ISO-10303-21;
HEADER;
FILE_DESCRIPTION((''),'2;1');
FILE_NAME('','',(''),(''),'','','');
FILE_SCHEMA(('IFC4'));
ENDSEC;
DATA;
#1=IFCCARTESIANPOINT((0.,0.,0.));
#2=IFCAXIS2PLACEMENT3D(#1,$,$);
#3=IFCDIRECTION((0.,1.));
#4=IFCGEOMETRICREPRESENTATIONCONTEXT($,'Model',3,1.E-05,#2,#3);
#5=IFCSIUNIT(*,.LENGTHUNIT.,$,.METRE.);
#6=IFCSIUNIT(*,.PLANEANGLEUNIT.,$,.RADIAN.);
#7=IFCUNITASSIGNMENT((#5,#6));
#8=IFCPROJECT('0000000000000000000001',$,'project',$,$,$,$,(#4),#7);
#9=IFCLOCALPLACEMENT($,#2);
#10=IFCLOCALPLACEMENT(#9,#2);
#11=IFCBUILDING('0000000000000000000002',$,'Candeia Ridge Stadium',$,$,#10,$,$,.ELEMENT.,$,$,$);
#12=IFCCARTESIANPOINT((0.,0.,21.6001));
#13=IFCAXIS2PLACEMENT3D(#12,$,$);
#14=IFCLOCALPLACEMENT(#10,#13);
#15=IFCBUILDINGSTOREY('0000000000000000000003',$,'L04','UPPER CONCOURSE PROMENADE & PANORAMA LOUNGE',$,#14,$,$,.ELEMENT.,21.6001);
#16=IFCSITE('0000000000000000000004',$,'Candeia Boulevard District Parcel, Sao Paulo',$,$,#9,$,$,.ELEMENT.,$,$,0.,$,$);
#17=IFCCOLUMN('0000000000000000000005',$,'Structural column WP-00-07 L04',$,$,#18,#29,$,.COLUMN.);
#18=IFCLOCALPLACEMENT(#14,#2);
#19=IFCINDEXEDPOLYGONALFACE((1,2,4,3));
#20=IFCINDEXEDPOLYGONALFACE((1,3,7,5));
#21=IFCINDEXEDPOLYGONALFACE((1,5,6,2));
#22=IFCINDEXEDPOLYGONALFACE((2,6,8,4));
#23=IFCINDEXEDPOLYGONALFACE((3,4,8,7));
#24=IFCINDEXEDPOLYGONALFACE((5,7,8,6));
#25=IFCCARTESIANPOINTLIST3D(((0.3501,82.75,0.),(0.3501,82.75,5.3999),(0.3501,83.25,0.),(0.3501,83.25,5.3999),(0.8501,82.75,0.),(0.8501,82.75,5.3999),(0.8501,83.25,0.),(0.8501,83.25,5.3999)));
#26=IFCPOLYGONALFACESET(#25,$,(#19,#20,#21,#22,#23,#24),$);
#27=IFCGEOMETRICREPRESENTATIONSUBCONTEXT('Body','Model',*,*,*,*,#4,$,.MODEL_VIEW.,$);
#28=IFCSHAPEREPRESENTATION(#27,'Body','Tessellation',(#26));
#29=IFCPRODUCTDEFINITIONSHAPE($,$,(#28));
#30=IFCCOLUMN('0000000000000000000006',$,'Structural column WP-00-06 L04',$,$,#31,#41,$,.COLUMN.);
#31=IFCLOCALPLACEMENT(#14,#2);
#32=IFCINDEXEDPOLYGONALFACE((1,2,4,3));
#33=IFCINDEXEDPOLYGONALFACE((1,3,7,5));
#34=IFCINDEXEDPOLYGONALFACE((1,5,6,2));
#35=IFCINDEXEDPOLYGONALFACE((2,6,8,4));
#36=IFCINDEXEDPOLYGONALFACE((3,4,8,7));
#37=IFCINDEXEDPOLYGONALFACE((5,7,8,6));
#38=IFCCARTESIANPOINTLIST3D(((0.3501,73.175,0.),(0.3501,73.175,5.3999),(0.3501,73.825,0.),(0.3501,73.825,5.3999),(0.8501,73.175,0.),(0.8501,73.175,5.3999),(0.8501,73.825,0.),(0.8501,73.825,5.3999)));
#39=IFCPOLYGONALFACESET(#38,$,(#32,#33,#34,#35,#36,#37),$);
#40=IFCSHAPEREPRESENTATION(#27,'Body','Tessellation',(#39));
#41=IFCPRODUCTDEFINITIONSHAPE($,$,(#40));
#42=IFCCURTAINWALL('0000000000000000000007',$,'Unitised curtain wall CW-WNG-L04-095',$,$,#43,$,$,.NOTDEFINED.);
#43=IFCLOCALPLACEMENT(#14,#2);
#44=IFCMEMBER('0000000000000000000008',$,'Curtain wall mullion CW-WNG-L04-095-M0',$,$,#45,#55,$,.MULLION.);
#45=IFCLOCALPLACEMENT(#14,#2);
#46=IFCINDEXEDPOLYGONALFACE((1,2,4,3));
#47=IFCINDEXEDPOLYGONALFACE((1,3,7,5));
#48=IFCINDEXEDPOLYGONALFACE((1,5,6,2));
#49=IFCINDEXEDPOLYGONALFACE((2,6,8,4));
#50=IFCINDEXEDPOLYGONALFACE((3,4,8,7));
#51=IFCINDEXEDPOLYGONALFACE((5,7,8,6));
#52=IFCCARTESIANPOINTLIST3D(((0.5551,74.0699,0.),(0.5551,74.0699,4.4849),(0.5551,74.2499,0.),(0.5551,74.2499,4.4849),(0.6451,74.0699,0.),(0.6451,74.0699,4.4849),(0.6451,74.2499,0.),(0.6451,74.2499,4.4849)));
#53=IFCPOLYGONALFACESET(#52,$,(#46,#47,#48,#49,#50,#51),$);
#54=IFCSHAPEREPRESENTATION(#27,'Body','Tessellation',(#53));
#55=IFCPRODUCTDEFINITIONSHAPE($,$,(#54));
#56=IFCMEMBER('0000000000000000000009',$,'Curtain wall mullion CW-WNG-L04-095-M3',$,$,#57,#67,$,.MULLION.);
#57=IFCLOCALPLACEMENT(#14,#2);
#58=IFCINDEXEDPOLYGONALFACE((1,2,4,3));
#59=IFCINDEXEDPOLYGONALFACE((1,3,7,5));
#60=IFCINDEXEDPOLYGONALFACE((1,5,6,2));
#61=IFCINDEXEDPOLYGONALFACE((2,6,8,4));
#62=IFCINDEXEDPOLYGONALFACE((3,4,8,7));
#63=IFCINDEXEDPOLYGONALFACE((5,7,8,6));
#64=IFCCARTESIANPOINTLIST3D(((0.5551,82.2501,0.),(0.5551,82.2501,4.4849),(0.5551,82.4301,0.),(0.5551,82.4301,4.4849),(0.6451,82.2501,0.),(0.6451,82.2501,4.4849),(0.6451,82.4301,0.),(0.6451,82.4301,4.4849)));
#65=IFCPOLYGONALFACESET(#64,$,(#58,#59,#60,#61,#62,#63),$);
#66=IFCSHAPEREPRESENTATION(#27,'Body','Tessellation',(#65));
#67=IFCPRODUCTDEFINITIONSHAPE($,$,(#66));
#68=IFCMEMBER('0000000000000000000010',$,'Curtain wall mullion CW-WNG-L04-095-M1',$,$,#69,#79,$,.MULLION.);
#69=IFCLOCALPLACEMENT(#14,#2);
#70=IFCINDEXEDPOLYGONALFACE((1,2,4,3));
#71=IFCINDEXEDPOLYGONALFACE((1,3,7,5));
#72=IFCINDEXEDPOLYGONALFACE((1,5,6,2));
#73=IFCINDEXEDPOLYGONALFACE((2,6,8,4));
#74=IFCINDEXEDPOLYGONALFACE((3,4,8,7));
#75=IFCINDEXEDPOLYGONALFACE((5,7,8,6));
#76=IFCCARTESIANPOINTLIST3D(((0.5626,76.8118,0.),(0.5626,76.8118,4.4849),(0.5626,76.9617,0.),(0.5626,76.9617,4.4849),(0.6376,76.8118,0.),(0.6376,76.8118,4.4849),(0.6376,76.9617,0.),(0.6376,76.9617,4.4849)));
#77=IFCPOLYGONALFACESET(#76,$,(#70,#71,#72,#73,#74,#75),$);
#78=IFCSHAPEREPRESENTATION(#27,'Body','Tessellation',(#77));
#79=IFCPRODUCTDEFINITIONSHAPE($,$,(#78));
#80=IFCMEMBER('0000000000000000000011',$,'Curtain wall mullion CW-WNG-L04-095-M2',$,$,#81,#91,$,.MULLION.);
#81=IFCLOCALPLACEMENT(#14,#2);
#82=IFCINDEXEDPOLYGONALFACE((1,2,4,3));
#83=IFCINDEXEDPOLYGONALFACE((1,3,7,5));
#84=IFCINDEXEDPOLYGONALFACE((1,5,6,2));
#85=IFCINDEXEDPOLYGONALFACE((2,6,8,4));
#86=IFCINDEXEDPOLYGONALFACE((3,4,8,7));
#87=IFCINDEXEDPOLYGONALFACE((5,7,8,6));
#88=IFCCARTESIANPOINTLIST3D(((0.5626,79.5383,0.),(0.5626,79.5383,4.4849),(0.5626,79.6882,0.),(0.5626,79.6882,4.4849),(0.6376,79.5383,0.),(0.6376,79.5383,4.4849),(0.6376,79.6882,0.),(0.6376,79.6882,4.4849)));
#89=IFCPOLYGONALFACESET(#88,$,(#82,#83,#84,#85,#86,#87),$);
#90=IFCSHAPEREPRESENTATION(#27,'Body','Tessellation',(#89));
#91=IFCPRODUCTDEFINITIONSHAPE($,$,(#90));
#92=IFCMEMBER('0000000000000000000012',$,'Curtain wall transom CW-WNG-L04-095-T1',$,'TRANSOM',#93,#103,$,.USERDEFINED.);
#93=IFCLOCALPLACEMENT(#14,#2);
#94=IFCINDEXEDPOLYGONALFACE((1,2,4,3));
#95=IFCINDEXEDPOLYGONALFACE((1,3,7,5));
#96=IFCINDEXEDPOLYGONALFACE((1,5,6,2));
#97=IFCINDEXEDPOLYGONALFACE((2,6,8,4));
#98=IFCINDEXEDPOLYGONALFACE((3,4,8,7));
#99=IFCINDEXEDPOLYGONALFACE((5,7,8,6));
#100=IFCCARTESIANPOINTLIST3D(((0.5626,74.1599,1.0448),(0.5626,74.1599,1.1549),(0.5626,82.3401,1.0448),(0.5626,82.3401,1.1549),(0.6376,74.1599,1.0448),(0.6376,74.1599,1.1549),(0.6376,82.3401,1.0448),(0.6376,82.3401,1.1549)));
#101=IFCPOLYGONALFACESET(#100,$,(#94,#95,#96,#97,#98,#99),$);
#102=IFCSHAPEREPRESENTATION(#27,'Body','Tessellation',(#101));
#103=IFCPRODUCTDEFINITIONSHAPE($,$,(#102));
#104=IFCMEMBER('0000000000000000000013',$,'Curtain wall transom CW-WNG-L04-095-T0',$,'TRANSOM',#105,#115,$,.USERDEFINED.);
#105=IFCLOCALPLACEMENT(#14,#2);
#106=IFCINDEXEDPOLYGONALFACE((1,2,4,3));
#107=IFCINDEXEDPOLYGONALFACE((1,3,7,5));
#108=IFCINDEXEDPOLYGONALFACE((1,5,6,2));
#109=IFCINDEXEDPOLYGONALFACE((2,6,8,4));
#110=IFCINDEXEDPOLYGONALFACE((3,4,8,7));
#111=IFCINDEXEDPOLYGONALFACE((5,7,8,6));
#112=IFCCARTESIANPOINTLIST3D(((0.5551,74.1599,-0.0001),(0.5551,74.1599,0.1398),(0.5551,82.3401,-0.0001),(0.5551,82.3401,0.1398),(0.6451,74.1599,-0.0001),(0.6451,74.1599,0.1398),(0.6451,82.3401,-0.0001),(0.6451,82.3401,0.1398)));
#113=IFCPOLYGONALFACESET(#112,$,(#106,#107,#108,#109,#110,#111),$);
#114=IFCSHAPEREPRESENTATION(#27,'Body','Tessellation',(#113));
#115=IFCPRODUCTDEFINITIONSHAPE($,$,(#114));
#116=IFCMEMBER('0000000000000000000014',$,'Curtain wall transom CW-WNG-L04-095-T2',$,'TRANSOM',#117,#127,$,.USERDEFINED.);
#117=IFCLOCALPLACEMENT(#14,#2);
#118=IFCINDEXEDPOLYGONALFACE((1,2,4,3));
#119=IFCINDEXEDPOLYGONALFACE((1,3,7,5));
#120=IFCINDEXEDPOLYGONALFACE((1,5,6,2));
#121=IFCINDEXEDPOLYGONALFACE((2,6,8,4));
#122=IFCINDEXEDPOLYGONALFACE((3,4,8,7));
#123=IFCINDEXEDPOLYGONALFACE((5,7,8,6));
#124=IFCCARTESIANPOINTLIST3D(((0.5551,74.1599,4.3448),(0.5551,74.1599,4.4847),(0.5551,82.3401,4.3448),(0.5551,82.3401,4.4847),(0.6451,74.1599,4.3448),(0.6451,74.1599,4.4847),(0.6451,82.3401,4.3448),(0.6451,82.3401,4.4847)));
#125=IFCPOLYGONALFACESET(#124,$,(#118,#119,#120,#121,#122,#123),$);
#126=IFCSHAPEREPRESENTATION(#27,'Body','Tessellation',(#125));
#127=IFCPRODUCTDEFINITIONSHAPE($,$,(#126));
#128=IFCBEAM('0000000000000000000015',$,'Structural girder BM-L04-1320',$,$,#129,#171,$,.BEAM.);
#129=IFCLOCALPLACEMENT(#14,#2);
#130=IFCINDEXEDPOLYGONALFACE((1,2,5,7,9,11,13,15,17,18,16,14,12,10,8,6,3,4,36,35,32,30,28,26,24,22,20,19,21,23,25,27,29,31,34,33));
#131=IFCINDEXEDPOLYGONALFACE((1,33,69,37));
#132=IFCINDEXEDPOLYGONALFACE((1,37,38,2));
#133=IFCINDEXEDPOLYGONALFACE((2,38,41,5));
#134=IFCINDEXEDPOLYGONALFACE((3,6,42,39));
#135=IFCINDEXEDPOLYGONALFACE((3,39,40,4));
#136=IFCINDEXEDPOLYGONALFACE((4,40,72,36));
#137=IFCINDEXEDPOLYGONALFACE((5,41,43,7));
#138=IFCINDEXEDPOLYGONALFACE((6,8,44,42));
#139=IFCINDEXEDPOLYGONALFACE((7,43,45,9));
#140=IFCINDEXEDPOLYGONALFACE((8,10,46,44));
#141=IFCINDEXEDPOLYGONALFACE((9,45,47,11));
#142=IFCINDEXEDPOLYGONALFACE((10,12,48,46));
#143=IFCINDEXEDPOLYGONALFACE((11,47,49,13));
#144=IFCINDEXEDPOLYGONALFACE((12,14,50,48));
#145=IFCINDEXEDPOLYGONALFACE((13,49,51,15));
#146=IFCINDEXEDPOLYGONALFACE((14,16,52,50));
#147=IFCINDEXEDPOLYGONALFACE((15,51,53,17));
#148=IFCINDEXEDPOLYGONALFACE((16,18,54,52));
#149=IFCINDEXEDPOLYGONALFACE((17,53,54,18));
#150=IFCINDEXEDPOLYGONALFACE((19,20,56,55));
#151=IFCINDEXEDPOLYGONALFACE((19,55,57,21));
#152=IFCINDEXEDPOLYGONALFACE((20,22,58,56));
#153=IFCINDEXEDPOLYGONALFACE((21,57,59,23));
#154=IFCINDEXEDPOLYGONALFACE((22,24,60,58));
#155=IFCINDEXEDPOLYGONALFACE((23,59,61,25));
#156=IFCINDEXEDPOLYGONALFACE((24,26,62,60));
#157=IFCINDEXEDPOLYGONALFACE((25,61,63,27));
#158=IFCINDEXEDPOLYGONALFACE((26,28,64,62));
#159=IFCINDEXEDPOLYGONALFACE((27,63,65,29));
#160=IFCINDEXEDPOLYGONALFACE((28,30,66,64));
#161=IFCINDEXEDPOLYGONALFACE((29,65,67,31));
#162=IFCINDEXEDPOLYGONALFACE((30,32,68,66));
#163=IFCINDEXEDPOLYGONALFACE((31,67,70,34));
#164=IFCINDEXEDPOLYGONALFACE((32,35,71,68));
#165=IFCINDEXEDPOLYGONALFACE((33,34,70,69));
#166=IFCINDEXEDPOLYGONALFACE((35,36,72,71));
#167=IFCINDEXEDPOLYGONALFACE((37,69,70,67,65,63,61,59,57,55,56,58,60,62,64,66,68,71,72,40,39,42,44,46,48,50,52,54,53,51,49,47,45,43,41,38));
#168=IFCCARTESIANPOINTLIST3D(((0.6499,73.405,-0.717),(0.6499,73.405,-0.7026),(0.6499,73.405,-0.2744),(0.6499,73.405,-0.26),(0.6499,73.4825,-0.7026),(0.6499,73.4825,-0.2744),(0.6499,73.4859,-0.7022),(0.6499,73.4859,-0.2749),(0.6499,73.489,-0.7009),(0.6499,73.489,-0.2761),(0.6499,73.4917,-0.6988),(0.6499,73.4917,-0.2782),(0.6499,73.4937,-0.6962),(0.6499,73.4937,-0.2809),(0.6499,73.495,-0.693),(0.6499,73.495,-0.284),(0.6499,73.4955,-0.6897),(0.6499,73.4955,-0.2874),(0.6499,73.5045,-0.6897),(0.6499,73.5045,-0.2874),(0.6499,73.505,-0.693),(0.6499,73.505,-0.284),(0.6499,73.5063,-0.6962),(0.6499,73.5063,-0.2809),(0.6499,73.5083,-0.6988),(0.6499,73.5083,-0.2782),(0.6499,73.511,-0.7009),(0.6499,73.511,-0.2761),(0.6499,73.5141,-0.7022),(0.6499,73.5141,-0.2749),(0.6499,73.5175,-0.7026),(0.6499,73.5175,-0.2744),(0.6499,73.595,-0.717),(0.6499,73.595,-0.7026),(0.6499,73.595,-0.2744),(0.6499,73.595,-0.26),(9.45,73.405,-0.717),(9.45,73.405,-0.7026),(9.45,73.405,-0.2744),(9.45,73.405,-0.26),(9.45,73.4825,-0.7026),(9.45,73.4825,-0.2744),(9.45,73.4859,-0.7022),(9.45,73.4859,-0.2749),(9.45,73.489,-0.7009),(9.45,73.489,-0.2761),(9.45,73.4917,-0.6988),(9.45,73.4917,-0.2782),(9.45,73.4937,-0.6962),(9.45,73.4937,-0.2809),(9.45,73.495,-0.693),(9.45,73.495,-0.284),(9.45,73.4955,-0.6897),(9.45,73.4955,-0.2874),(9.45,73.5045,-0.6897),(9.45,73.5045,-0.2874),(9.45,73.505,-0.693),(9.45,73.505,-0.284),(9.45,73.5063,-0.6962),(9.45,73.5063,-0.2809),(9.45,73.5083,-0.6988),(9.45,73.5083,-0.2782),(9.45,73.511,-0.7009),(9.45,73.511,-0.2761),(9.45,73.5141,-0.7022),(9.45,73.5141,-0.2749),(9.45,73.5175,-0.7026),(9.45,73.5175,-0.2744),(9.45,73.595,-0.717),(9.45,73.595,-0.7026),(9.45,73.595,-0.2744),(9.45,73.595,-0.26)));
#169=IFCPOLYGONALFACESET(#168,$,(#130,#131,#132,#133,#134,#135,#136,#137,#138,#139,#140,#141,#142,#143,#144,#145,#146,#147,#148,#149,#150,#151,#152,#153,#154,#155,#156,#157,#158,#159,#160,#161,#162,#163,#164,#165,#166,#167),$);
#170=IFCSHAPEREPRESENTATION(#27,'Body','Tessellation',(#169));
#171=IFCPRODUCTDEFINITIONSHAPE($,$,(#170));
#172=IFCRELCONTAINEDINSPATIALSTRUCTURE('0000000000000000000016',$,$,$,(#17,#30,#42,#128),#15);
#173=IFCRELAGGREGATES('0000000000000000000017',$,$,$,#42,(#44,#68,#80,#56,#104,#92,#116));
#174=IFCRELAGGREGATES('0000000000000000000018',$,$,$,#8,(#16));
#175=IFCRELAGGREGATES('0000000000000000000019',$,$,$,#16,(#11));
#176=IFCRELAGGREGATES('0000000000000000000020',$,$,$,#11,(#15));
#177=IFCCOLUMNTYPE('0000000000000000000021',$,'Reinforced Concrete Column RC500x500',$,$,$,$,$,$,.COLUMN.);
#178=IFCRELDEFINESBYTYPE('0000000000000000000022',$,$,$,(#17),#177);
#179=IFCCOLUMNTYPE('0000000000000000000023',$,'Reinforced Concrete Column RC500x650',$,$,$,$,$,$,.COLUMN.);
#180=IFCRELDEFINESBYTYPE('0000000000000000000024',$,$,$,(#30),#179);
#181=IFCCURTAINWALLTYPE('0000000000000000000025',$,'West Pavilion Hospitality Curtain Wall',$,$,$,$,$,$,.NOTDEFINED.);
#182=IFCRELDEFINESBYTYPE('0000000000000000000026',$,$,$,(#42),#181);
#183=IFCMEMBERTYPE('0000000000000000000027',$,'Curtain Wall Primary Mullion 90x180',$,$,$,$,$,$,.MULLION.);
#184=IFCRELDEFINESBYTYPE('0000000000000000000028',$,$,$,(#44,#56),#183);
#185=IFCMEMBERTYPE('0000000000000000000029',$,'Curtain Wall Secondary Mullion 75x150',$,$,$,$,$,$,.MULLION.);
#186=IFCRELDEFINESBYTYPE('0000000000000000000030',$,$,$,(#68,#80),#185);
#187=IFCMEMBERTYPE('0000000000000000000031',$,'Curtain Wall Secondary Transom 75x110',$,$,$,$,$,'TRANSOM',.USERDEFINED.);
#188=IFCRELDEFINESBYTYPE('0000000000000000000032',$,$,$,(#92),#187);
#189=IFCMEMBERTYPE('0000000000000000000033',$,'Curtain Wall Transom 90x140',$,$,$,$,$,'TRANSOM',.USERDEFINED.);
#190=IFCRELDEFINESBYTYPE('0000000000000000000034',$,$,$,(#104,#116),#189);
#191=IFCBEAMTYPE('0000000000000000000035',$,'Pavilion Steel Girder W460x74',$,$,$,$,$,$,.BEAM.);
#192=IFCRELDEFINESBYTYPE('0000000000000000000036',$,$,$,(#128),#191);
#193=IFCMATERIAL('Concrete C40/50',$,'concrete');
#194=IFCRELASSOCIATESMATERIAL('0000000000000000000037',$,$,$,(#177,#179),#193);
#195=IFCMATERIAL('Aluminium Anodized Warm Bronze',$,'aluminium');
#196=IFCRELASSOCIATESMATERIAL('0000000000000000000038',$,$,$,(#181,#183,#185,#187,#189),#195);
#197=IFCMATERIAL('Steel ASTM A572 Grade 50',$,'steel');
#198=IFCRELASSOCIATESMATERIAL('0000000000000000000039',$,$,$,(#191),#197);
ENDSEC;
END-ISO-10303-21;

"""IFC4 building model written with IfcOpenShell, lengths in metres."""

from ifc_helpers import new_model, si_unit, direction, frame, origin, origin_2d, place, context, subcontext, project, spatial, rectangle, i_section, extrude, material, material_profile, profile_set, type_object, element, aggregate, save


model = new_model("IFC4")

# Units and contexts
model_context = context("Model", 3, precision=1e-05, world=origin(), true_north=direction((0.0, 1.0)))
body_context = subcontext(model_context, "Body", "Model", "MODEL_VIEW")
ifc_project = project(units=[si_unit("LENGTHUNIT", "METRE"), si_unit("PLANEANGLEUNIT", "RADIAN")], contexts=[model_context])

# Site, building, storey
site_placement = place(None, origin())
site = spatial("IfcSite", under=ifc_project, at=site_placement, Name="Candeia Boulevard District Parcel, Sao Paulo", CompositionType="ELEMENT", RefElevation=0.0)
building_placement = place(site_placement, origin())
building = spatial("IfcBuilding", under=site, at=building_placement, Name="Candeia Ridge Stadium", CompositionType="ELEMENT")
storey_placement = place(building_placement, frame((0.0, 0.0, 21.6001)))
storey = spatial("IfcBuildingStorey", under=building, at=storey_placement, Name="L04", Description="UPPER CONCOURSE PROMENADE & PANORAMA LOUNGE", CompositionType="ELEMENT", Elevation=21.6001)

# Columns
ifc_material_1 = material(Name="Concrete C40/50", Category="concrete")
ifc_material_profile_1 = material_profile(ifc_material_1, rectangle(XDim=0.5, YDim=0.5, at=origin_2d()), Name="RC500x500", Category="concrete")
ifc_profile_set_1 = profile_set([ifc_material_profile_1], Name="Concrete C40/50")
column_type_1 = type_object("IfcColumnType", Name="Reinforced Concrete Column RC500x500", PredefinedType="COLUMN", material=ifc_profile_set_1)
column_1_placement = place(storey_placement, frame((0.6001, 83.0, 0.0), z_axis=(0.0, 0.0, 1.0), x_axis=(1.0, 0.0, 0.0)))
element("IfcColumn", 1, at=column_1_placement, inside=storey, type_object=column_type_1, Name="Structural column WP-00-07 L04", PredefinedType="COLUMN", context=body_context, shape_type="SweptSolid", body=[
    extrude(rectangle(XDim=0.5, YDim=0.5, at=origin_2d()), origin(), (0.0, 0.0, 1.0), 5.3999),
])
ifc_material_profile_2 = material_profile(ifc_material_1, rectangle(XDim=0.5, YDim=0.6499, at=origin_2d()), Name="RC500x650", Category="concrete")
ifc_profile_set_2 = profile_set([ifc_material_profile_2], Name="Concrete C40/50")
column_type_2 = type_object("IfcColumnType", Name="Reinforced Concrete Column RC500x650", PredefinedType="COLUMN", material=ifc_profile_set_2)
column_2_placement = place(storey_placement, frame((0.6001, 73.5, 0.0), z_axis=(0.0, 0.0, 1.0), x_axis=(1.0, 0.0, 0.0)))
element("IfcColumn", 2, at=column_2_placement, inside=storey, type_object=column_type_2, Name="Structural column WP-00-06 L04", PredefinedType="COLUMN", context=body_context, shape_type="SweptSolid", body=[
    extrude(rectangle(XDim=0.5, YDim=0.6499, at=origin_2d()), origin(), (0.0, 0.0, 1.0), 5.3999),
])

# Curtain wall, members
ifc_material_2 = material(Name="Aluminium Anodized Warm Bronze", Category="aluminium")
curtain_wall_type = type_object("IfcCurtainWallType", Name="West Pavilion Hospitality Curtain Wall", PredefinedType="NOTDEFINED", material=ifc_material_2)
curtain_wall_placement = place(storey_placement, origin())
curtain_wall = element("IfcCurtainWall", 3, at=curtain_wall_placement, inside=storey, type_object=curtain_wall_type, Name="Unitised curtain wall CW-WNG-L04-095", PredefinedType="NOTDEFINED")
ifc_material_profile_3 = material_profile(ifc_material_2, rectangle(XDim=0.0901, YDim=0.1799, at=origin_2d()), Name="CWM-90x180", Category="aluminium")
ifc_profile_set_3 = profile_set([ifc_material_profile_3], Name="Aluminium Anodized Warm Bronze")
member_type_1 = type_object("IfcMemberType", Name="Curtain Wall Primary Mullion 90x180", PredefinedType="MULLION", material=ifc_profile_set_3)
member_1_placement = place(storey_placement, frame((0.6001, 74.1599, 0.0), z_axis=(0.0, 0.0, 1.0), x_axis=(1.0, 0.0, 0.0)))
member_1 = element("IfcMember", 4, at=member_1_placement, type_object=member_type_1, Name="Curtain wall mullion CW-WNG-L04-095-M0", PredefinedType="MULLION", context=body_context, shape_type="SweptSolid", body=[
    extrude(rectangle(XDim=0.0901, YDim=0.1799, at=origin_2d()), origin(), (0.0, 0.0, 1.0), 4.4849),
])
member_2_placement = place(storey_placement, frame((0.6001, 82.3401, 0.0), z_axis=(0.0, 0.0, 1.0), x_axis=(1.0, 0.0, 0.0)))
member_2 = element("IfcMember", 5, at=member_2_placement, type_object=member_type_1, Name="Curtain wall mullion CW-WNG-L04-095-M3", PredefinedType="MULLION", context=body_context, shape_type="SweptSolid", body=[
    extrude(rectangle(XDim=0.0901, YDim=0.1799, at=origin_2d()), origin(), (0.0, 0.0, 1.0), 4.4849),
])
ifc_material_profile_4 = material_profile(ifc_material_2, rectangle(XDim=0.075, YDim=0.1499, at=origin_2d()), Name="CWM-75x150", Category="aluminium")
ifc_profile_set_4 = profile_set([ifc_material_profile_4], Name="Aluminium Anodized Warm Bronze")
member_type_2 = type_object("IfcMemberType", Name="Curtain Wall Secondary Mullion 75x150", PredefinedType="MULLION", material=ifc_profile_set_4)
member_3_placement = place(storey_placement, frame((0.6001, 76.8867, 0.0), z_axis=(0.0, 0.0, 1.0), x_axis=(1.0, 0.0, 0.0)))
member_3 = element("IfcMember", 6, at=member_3_placement, type_object=member_type_2, Name="Curtain wall mullion CW-WNG-L04-095-M1", PredefinedType="MULLION", context=body_context, shape_type="SweptSolid", body=[
    extrude(rectangle(XDim=0.075, YDim=0.1499, at=origin_2d()), origin(), (0.0, 0.0, 1.0), 4.4849),
])
member_4_placement = place(storey_placement, frame((0.6001, 79.6133, 0.0), z_axis=(0.0, 0.0, 1.0), x_axis=(1.0, 0.0, 0.0)))
member_4 = element("IfcMember", 7, at=member_4_placement, type_object=member_type_2, Name="Curtain wall mullion CW-WNG-L04-095-M2", PredefinedType="MULLION", context=body_context, shape_type="SweptSolid", body=[
    extrude(rectangle(XDim=0.075, YDim=0.1499, at=origin_2d()), origin(), (0.0, 0.0, 1.0), 4.4849),
])
ifc_material_profile_5 = material_profile(ifc_material_2, rectangle(XDim=0.075, YDim=0.1101, at=origin_2d()), Name="CWT-75x110", Category="aluminium")
ifc_profile_set_5 = profile_set([ifc_material_profile_5], Name="Aluminium Anodized Warm Bronze")
member_type_3 = type_object("IfcMemberType", Name="Curtain Wall Secondary Transom 75x110", ElementType="TRANSOM", PredefinedType="USERDEFINED", material=ifc_profile_set_5)
member_5_placement = place(storey_placement, frame((0.6001, 74.1599, 1.0999), z_axis=(0.0, 1.0, 0.0), x_axis=(-1.0, 0.0, 0.0)))
member_5 = element("IfcMember", 8, at=member_5_placement, type_object=member_type_3, Name="Curtain wall transom CW-WNG-L04-095-T1", ObjectType="TRANSOM", PredefinedType="USERDEFINED", context=body_context, shape_type="SweptSolid", body=[
    extrude(rectangle(XDim=0.075, YDim=0.1101, at=origin_2d()), origin(), (0.0, 0.0, 1.0), 8.1802),
])
ifc_material_profile_6 = material_profile(ifc_material_2, rectangle(XDim=0.0901, YDim=0.1399, at=origin_2d()), Name="CWT-90x140", Category="aluminium")
ifc_profile_set_6 = profile_set([ifc_material_profile_6], Name="Aluminium Anodized Warm Bronze")
member_type_4 = type_object("IfcMemberType", Name="Curtain Wall Transom 90x140", ElementType="TRANSOM", PredefinedType="USERDEFINED", material=ifc_profile_set_6)
member_6_placement = place(storey_placement, frame((0.6001, 74.1599, 0.0698), z_axis=(0.0, 1.0, 0.0), x_axis=(-1.0, 0.0, 0.0)))
member_6 = element("IfcMember", 9, at=member_6_placement, type_object=member_type_4, Name="Curtain wall transom CW-WNG-L04-095-T0", ObjectType="TRANSOM", PredefinedType="USERDEFINED", context=body_context, shape_type="SweptSolid", body=[
    extrude(rectangle(XDim=0.0901, YDim=0.1399, at=origin_2d()), origin(), (0.0, 0.0, 1.0), 8.1802),
])
member_7_placement = place(storey_placement, frame((0.6001, 74.1599, 4.4148), z_axis=(0.0, 1.0, 0.0), x_axis=(-1.0, 0.0, 0.0)))
member_7 = element("IfcMember", 10, at=member_7_placement, type_object=member_type_4, Name="Curtain wall transom CW-WNG-L04-095-T2", ObjectType="TRANSOM", PredefinedType="USERDEFINED", context=body_context, shape_type="SweptSolid", body=[
    extrude(rectangle(XDim=0.0901, YDim=0.1399, at=origin_2d()), origin(), (0.0, 0.0, 1.0), 8.1802),
])

# Beam
ifc_material_3 = material(Name="Steel ASTM A572 Grade 50", Category="steel")
ifc_material_profile_7 = material_profile(ifc_material_3, i_section(OverallWidth=0.1899, OverallDepth=0.457, WebThickness=0.009, FlangeThickness=0.0144, FilletRadius=0.0129, at=origin_2d()), Name="W460x74", Category="steel")
ifc_profile_set_7 = profile_set([ifc_material_profile_7], Name="Steel ASTM A572 Grade 50")
beam_type_1 = type_object("IfcBeamType", Name="Pavilion Steel Girder W460x74", PredefinedType="BEAM", material=ifc_profile_set_7)
beam_placement = place(storey_placement, frame((0.6499, 73.5, -0.4885), z_axis=(1.0, 0.0, 0.0), x_axis=(0.0, 1.0, 0.0)))
element("IfcBeam", 11, at=beam_placement, inside=storey, type_object=beam_type_1, Name="Structural girder BM-L04-1320", PredefinedType="BEAM", context=body_context, shape_type="SweptSolid", body=[
    extrude(i_section(OverallWidth=0.1899, OverallDepth=0.457, WebThickness=0.009, FlangeThickness=0.0144, FilletRadius=0.0129, at=origin_2d()), origin(), (0.0, 0.0, 1.0), 8.8),
])

aggregate(curtain_wall, [member_1, member_3, member_4, member_2, member_6, member_5, member_7])

save(model, "model.ifc")
